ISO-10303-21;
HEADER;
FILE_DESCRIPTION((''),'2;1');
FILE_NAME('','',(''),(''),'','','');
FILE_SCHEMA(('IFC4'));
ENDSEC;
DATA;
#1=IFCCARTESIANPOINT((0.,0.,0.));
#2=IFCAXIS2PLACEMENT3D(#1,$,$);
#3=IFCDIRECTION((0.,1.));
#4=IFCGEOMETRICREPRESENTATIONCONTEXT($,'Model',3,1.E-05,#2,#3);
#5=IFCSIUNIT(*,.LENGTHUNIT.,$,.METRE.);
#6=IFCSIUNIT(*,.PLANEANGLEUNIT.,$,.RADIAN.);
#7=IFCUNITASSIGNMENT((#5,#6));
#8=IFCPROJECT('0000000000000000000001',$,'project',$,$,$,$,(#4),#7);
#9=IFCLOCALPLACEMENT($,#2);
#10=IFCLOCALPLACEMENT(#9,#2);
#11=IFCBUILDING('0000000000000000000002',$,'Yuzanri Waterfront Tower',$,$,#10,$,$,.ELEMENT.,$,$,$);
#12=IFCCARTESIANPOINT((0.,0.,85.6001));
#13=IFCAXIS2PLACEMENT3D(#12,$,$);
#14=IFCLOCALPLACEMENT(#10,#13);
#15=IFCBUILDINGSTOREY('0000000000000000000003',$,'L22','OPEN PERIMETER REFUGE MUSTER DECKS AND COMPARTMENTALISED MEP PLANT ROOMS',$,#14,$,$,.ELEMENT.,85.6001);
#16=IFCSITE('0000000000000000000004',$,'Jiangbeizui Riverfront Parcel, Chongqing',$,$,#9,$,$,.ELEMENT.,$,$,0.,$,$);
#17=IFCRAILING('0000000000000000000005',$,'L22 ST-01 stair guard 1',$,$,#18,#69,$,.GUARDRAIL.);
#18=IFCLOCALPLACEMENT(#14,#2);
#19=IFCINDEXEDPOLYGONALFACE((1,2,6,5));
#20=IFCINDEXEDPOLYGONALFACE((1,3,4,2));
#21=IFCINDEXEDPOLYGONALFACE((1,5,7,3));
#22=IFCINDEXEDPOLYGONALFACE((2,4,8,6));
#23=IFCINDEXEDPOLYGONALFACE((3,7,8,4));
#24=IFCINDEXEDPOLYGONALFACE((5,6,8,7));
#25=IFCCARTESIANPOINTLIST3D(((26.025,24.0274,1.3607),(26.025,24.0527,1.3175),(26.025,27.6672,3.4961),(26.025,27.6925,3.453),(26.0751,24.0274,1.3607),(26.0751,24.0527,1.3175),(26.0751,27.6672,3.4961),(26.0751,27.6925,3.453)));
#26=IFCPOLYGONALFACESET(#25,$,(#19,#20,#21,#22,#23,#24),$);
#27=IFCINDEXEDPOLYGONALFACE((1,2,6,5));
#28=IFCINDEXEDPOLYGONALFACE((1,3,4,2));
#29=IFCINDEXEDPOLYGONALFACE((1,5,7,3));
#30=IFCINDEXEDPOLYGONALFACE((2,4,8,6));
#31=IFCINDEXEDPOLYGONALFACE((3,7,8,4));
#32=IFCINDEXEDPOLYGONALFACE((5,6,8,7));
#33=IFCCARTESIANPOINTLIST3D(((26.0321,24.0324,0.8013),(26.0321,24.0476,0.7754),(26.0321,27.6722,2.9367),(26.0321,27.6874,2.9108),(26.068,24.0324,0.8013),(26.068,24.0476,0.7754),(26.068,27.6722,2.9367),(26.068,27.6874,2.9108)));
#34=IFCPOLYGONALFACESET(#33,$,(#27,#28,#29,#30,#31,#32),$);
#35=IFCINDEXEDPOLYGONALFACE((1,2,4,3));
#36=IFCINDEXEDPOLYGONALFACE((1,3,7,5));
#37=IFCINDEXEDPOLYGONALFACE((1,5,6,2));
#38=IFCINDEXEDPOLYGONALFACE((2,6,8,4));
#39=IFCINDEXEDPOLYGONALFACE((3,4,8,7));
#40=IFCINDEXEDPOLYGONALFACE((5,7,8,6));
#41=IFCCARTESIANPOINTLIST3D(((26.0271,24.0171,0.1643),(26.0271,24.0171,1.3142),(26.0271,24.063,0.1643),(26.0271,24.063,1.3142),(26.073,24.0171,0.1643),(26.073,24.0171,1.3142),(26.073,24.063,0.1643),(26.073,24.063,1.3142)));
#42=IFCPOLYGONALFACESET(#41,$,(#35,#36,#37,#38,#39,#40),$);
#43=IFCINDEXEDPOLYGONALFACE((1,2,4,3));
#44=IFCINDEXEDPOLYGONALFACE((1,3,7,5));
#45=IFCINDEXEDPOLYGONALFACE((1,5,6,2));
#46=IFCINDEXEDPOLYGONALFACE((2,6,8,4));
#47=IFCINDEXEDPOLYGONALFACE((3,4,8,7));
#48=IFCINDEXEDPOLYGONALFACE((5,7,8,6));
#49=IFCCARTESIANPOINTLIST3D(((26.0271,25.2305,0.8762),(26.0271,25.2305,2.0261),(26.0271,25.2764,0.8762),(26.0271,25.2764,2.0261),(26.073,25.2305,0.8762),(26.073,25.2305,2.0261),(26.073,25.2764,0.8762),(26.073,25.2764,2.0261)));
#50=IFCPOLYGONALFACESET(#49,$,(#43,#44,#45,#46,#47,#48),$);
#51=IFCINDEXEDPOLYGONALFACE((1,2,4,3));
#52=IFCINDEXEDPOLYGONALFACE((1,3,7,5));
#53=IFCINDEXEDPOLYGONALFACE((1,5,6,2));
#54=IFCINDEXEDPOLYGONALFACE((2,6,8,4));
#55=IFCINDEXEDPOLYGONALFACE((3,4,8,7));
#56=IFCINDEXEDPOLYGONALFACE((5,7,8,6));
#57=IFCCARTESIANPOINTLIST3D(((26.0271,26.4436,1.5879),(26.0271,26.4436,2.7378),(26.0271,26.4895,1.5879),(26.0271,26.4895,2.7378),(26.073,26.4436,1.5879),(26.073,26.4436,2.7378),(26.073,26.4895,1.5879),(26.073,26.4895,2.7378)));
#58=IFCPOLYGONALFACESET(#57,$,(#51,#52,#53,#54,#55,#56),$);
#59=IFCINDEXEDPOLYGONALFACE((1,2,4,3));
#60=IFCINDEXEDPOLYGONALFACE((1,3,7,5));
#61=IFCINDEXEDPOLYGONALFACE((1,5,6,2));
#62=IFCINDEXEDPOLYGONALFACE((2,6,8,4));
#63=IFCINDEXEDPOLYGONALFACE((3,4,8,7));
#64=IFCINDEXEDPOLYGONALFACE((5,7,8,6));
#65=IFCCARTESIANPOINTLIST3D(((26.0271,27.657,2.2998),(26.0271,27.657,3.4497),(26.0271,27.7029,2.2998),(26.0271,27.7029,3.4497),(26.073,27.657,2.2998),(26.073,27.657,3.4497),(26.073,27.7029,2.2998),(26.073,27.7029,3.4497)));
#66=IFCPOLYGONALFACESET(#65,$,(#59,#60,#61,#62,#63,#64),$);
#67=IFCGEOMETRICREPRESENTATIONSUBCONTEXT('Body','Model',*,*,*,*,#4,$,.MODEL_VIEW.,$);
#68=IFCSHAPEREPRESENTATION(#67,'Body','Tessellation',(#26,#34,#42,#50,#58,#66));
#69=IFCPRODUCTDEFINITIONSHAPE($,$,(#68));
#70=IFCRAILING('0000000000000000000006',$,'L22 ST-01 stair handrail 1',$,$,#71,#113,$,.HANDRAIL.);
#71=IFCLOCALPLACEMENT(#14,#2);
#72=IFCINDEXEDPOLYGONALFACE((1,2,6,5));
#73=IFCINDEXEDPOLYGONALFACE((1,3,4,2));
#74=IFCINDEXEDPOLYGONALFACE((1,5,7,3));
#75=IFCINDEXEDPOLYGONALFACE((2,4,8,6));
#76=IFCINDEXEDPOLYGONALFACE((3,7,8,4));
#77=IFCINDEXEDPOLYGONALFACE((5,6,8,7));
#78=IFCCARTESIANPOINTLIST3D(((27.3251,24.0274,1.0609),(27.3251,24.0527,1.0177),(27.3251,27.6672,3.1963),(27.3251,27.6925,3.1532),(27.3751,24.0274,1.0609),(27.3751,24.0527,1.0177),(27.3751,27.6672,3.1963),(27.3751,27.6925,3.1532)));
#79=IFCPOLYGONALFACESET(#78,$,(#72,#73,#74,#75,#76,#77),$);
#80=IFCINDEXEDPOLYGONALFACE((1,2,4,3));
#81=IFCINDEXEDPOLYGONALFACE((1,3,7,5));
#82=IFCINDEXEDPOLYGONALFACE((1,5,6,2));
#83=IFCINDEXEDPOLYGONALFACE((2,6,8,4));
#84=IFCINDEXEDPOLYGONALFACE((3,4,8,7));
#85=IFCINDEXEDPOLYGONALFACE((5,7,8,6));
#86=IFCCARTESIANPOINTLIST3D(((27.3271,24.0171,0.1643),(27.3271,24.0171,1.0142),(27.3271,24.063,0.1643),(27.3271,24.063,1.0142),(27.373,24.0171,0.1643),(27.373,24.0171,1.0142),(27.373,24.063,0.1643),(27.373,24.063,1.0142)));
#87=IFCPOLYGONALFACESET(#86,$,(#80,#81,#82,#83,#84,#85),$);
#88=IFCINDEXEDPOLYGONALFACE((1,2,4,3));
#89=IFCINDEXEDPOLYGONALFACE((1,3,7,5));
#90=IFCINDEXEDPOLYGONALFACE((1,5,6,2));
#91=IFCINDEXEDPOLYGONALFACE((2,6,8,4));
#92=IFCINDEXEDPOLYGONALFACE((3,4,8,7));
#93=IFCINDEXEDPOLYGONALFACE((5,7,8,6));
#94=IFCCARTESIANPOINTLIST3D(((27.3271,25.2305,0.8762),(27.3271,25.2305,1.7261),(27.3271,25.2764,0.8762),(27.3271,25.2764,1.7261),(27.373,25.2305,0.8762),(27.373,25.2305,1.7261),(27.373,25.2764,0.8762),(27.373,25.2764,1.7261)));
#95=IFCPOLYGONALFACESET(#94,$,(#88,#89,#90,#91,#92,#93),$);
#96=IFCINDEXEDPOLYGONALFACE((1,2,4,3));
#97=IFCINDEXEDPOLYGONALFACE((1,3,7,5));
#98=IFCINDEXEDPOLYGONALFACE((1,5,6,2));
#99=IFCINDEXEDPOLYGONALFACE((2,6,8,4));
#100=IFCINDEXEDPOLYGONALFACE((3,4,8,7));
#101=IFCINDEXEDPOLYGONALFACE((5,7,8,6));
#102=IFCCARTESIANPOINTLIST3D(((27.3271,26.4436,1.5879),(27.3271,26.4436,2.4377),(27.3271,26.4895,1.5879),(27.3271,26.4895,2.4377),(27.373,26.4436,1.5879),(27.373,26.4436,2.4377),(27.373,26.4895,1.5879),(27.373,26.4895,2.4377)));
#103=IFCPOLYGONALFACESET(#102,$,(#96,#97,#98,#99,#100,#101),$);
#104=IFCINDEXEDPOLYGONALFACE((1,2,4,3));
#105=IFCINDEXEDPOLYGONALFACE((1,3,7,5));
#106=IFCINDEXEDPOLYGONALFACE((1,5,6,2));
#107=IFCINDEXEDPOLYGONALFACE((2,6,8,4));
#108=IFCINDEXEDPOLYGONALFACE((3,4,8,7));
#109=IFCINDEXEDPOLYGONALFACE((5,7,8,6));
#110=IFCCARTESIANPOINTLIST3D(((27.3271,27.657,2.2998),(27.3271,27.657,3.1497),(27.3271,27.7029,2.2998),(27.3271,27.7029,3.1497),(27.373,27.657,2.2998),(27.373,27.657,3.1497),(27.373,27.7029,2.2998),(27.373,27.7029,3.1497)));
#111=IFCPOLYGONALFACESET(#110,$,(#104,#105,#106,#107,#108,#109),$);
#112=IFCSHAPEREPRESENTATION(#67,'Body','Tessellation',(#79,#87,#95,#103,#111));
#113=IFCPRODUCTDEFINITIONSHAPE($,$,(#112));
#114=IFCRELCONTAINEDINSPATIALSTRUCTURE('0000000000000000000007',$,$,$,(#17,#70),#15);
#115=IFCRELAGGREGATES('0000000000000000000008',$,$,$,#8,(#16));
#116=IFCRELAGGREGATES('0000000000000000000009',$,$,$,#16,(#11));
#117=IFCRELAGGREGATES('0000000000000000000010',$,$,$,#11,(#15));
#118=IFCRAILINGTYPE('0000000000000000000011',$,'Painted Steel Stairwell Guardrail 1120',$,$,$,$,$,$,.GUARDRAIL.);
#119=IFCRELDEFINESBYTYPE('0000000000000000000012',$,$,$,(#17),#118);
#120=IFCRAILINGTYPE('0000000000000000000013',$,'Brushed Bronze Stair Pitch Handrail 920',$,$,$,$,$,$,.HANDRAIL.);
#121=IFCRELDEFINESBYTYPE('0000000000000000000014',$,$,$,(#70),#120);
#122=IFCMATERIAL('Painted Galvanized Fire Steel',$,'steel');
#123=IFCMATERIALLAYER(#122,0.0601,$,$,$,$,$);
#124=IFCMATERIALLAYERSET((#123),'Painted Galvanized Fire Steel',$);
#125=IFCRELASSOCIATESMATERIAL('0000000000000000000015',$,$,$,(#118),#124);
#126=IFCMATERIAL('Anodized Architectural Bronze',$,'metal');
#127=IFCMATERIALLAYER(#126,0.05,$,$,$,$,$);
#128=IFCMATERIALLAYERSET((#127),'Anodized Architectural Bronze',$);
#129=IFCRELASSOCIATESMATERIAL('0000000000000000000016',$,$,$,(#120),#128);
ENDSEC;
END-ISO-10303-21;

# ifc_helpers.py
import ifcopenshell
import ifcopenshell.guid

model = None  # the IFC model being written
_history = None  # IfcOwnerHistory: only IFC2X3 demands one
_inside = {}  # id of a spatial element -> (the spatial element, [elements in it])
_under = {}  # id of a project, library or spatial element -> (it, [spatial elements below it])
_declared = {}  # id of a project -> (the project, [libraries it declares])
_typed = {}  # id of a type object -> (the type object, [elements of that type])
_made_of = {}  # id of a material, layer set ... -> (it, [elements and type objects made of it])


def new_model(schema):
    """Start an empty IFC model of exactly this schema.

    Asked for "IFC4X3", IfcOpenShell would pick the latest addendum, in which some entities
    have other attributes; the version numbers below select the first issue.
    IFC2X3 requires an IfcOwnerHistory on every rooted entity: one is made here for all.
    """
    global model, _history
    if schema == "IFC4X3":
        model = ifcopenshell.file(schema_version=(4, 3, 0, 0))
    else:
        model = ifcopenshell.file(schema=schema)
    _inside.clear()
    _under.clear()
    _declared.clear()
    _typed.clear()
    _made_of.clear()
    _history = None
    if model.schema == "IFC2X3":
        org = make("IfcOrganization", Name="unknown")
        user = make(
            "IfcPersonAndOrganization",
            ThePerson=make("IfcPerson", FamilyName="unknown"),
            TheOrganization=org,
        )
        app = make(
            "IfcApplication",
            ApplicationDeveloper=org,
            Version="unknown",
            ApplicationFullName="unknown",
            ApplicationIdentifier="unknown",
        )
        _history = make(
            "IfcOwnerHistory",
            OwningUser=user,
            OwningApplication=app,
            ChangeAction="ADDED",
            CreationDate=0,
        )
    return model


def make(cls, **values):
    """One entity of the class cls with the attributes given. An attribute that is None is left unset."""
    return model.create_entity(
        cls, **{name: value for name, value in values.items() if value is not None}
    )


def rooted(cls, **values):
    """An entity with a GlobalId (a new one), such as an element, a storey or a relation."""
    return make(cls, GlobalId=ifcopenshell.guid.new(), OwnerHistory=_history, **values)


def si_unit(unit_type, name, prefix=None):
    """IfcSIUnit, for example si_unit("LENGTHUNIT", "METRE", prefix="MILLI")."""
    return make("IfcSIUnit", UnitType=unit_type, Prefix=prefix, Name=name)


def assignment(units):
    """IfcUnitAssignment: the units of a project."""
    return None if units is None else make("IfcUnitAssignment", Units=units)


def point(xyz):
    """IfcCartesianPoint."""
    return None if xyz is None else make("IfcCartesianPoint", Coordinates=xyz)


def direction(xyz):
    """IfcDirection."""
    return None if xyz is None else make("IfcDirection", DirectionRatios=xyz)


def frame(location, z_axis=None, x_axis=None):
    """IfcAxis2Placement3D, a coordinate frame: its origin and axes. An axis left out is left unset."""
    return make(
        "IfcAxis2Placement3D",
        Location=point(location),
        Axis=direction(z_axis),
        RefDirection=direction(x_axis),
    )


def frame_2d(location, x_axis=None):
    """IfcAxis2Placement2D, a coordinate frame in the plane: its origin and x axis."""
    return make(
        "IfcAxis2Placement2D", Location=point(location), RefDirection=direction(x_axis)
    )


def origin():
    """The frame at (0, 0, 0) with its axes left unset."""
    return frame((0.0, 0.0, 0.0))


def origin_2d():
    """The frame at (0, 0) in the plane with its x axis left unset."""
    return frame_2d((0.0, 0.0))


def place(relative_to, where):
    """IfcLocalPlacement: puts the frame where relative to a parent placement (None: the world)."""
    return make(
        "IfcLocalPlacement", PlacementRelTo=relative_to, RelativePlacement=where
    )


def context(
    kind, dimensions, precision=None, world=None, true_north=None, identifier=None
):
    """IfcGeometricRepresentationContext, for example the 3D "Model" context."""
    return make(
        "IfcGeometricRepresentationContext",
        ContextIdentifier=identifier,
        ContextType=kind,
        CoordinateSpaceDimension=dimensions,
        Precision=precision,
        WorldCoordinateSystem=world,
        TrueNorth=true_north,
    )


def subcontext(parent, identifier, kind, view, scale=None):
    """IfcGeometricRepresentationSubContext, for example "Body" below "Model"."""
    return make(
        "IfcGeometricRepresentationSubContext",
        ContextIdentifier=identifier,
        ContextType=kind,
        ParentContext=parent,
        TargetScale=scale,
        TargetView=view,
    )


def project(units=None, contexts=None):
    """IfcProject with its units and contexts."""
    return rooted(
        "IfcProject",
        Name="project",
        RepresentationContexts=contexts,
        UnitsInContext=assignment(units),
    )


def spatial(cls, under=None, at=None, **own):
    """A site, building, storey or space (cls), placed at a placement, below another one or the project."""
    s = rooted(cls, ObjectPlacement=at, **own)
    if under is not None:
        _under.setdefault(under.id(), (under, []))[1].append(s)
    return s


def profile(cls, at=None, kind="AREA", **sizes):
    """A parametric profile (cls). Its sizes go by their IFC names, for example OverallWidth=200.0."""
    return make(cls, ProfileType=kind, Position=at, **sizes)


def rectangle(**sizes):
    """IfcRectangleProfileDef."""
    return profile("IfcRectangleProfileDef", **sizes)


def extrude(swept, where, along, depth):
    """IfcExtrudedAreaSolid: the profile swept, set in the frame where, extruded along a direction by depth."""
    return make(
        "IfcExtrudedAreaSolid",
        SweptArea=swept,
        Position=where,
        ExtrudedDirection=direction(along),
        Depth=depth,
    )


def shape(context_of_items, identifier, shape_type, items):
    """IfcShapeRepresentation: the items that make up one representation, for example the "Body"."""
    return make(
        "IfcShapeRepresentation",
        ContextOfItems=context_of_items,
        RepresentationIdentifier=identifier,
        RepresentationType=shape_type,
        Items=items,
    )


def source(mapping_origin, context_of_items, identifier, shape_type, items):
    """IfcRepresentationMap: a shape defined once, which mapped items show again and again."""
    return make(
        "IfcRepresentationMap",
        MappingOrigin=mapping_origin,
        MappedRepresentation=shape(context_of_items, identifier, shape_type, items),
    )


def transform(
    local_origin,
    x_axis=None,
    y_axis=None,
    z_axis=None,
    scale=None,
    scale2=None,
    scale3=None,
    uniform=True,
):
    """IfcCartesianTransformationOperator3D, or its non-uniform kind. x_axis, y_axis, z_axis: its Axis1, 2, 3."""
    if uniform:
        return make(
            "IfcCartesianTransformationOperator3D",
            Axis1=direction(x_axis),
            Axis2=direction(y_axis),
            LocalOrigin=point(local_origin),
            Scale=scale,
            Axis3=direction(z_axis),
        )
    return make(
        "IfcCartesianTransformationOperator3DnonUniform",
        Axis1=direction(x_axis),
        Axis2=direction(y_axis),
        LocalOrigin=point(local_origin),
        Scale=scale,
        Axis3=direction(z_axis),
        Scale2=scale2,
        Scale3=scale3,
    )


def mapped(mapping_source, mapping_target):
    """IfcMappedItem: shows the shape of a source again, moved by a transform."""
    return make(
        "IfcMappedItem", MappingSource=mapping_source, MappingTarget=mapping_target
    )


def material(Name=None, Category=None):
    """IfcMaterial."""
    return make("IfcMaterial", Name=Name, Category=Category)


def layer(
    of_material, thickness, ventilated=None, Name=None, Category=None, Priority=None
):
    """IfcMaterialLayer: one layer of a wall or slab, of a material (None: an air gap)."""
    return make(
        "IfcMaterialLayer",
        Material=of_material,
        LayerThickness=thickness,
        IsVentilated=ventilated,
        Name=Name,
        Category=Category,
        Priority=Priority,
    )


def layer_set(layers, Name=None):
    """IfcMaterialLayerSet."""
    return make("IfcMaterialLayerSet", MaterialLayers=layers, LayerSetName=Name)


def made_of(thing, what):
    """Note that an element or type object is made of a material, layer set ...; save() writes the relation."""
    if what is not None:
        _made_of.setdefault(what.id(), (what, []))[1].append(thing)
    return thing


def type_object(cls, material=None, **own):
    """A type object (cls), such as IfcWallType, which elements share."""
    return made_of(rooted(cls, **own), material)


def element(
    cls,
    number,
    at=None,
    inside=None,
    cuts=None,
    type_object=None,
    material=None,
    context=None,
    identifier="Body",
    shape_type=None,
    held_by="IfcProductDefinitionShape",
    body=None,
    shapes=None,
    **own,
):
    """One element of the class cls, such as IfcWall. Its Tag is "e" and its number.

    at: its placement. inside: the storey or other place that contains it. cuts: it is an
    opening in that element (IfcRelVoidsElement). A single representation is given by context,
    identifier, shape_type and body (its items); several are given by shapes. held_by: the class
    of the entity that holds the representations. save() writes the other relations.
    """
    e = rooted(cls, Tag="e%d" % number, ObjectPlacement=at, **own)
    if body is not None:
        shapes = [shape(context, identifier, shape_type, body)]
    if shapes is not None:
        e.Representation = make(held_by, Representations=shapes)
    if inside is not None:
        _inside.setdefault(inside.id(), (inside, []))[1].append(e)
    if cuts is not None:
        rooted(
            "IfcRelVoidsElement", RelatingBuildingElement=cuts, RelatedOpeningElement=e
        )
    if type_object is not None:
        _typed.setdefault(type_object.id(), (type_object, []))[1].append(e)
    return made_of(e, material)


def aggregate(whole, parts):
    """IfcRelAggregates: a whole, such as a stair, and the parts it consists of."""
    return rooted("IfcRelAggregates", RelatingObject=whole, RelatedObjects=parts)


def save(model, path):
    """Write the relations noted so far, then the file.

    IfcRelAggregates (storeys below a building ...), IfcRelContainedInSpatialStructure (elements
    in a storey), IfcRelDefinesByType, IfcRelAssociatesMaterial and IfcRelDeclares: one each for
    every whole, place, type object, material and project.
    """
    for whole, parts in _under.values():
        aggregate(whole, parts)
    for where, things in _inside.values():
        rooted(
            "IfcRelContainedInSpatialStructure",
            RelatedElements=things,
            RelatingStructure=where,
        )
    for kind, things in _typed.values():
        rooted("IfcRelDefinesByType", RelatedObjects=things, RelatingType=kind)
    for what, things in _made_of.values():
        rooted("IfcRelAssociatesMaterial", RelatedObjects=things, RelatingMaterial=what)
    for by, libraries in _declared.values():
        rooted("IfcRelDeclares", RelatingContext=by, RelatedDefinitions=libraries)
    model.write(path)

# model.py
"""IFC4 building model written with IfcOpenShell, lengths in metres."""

from ifc_helpers import new_model, si_unit, direction, frame, origin, origin_2d, place, context, subcontext, project, spatial, rectangle, extrude, source, transform, mapped, material, layer, layer_set, type_object, element, save


model = new_model("IFC4")

# Units and contexts
model_context = context("Model", 3, precision=1e-05, world=origin(), true_north=direction((0.0, 1.0)))
body_context = subcontext(model_context, "Body", "Model", "MODEL_VIEW")
ifc_project = project(units=[si_unit("LENGTHUNIT", "METRE"), si_unit("PLANEANGLEUNIT", "RADIAN")], contexts=[model_context])

# Site, building, storey
site_placement = place(None, origin())
site = spatial("IfcSite", under=ifc_project, at=site_placement, Name="Jiangbeizui Riverfront Parcel, Chongqing", CompositionType="ELEMENT", RefElevation=0.0)
building_placement = place(site_placement, origin())
building = spatial("IfcBuilding", under=site, at=building_placement, Name="Yuzanri Waterfront Tower", CompositionType="ELEMENT")
storey_placement = place(building_placement, frame((0.0, 0.0, 85.6001)))
storey = spatial("IfcBuildingStorey", under=building, at=storey_placement, Name="L22", Description="OPEN PERIMETER REFUGE MUSTER DECKS AND COMPARTMENTALISED MEP PLANT ROOMS", CompositionType="ELEMENT", Elevation=85.6001)

# Railings
ifc_material_1 = material(Name="Painted Galvanized Fire Steel", Category="steel")
ifc_layer_1 = layer(ifc_material_1, 0.0601)
ifc_layer_set_1 = layer_set([ifc_layer_1], Name="Painted Galvanized Fire Steel")
railing_type_1 = type_object("IfcRailingType", Name="Painted Steel Stairwell Guardrail 1120", PredefinedType="GUARDRAIL", material=ifc_layer_set_1)
shared_shape_1 = source(origin(), body_context, "Body", "SweptSolid", [
    extrude(rectangle(XDim=0.05, YDim=0.05, at=origin_2d()), frame((0.0, 0.0, 1.1748), z_axis=(0.0, 0.862515, 0.506031), x_axis=(-1.0, 0.0, 0.0)), (0.0, 0.0, 1.0), 4.22),
    extrude(rectangle(XDim=0.0359, YDim=0.03, at=origin_2d()), frame((0.0, 0.0, 0.624), z_axis=(0.0, 0.862515, 0.506031), x_axis=(-1.0, 0.0, 0.0)), (0.0, 0.0, 1.0), 4.22),
    extrude(rectangle(XDim=0.0459, YDim=0.0459, at=origin_2d()), origin(), (0.0, 0.0, 1.0), 1.1499),
    extrude(rectangle(XDim=0.0459, YDim=0.0459, at=origin_2d()), frame((0.0, 1.2134, 0.7119)), (0.0, 0.0, 1.0), 1.1499),
    extrude(rectangle(XDim=0.0459, YDim=0.0459, at=origin_2d()), frame((0.0, 2.4265, 1.4236)), (0.0, 0.0, 1.0), 1.1499),
    extrude(rectangle(XDim=0.0459, YDim=0.0459, at=origin_2d()), frame((0.0, 3.6399, 2.1355)), (0.0, 0.0, 1.0), 1.1499),
])
railing_1_placement = place(storey_placement, frame((26.05, 24.04, 0.1643)))
element("IfcRailing", 1, at=railing_1_placement, inside=storey, type_object=railing_type_1, Name="L22 ST-01 stair guard 1", PredefinedType="GUARDRAIL", context=body_context, shape_type="MappedRepresentation", body=[
    mapped(shared_shape_1, transform((0.0, 0.0, 0.0), scale=1.0)),
])
ifc_material_2 = material(Name="Anodized Architectural Bronze", Category="metal")
ifc_layer_2 = layer(ifc_material_2, 0.05)
ifc_layer_set_2 = layer_set([ifc_layer_2], Name="Anodized Architectural Bronze")
railing_type_2 = type_object("IfcRailingType", Name="Brushed Bronze Stair Pitch Handrail 920", PredefinedType="HANDRAIL", material=ifc_layer_set_2)
shared_shape_2 = source(origin(), body_context, "Body", "SweptSolid", [
    extrude(rectangle(XDim=0.05, YDim=0.05, at=origin_2d()), frame((0.0, 0.0, 0.875), z_axis=(0.0, 0.862515, 0.506031), x_axis=(-1.0, 0.0, 0.0)), (0.0, 0.0, 1.0), 4.22),
    extrude(rectangle(XDim=0.0459, YDim=0.0459, at=origin_2d()), origin(), (0.0, 0.0, 1.0), 0.8499),
    extrude(rectangle(XDim=0.0459, YDim=0.0459, at=origin_2d()), frame((0.0, 1.2134, 0.7119)), (0.0, 0.0, 1.0), 0.8499),
    extrude(rectangle(XDim=0.0459, YDim=0.0459, at=origin_2d()), frame((0.0, 2.4265, 1.4236)), (0.0, 0.0, 1.0), 0.8499),
    extrude(rectangle(XDim=0.0459, YDim=0.0459, at=origin_2d()), frame((0.0, 3.6399, 2.1355)), (0.0, 0.0, 1.0), 0.8499),
])
railing_2_placement = place(storey_placement, frame((27.3501, 24.04, 0.1643)))
element("IfcRailing", 2, at=railing_2_placement, inside=storey, type_object=railing_type_2, Name="L22 ST-01 stair handrail 1", PredefinedType="HANDRAIL", context=body_context, shape_type="MappedRepresentation", body=[
    mapped(shared_shape_2, transform((0.0, 0.0, 0.0), scale=1.0)),
])

save(model, "model.ifc")
